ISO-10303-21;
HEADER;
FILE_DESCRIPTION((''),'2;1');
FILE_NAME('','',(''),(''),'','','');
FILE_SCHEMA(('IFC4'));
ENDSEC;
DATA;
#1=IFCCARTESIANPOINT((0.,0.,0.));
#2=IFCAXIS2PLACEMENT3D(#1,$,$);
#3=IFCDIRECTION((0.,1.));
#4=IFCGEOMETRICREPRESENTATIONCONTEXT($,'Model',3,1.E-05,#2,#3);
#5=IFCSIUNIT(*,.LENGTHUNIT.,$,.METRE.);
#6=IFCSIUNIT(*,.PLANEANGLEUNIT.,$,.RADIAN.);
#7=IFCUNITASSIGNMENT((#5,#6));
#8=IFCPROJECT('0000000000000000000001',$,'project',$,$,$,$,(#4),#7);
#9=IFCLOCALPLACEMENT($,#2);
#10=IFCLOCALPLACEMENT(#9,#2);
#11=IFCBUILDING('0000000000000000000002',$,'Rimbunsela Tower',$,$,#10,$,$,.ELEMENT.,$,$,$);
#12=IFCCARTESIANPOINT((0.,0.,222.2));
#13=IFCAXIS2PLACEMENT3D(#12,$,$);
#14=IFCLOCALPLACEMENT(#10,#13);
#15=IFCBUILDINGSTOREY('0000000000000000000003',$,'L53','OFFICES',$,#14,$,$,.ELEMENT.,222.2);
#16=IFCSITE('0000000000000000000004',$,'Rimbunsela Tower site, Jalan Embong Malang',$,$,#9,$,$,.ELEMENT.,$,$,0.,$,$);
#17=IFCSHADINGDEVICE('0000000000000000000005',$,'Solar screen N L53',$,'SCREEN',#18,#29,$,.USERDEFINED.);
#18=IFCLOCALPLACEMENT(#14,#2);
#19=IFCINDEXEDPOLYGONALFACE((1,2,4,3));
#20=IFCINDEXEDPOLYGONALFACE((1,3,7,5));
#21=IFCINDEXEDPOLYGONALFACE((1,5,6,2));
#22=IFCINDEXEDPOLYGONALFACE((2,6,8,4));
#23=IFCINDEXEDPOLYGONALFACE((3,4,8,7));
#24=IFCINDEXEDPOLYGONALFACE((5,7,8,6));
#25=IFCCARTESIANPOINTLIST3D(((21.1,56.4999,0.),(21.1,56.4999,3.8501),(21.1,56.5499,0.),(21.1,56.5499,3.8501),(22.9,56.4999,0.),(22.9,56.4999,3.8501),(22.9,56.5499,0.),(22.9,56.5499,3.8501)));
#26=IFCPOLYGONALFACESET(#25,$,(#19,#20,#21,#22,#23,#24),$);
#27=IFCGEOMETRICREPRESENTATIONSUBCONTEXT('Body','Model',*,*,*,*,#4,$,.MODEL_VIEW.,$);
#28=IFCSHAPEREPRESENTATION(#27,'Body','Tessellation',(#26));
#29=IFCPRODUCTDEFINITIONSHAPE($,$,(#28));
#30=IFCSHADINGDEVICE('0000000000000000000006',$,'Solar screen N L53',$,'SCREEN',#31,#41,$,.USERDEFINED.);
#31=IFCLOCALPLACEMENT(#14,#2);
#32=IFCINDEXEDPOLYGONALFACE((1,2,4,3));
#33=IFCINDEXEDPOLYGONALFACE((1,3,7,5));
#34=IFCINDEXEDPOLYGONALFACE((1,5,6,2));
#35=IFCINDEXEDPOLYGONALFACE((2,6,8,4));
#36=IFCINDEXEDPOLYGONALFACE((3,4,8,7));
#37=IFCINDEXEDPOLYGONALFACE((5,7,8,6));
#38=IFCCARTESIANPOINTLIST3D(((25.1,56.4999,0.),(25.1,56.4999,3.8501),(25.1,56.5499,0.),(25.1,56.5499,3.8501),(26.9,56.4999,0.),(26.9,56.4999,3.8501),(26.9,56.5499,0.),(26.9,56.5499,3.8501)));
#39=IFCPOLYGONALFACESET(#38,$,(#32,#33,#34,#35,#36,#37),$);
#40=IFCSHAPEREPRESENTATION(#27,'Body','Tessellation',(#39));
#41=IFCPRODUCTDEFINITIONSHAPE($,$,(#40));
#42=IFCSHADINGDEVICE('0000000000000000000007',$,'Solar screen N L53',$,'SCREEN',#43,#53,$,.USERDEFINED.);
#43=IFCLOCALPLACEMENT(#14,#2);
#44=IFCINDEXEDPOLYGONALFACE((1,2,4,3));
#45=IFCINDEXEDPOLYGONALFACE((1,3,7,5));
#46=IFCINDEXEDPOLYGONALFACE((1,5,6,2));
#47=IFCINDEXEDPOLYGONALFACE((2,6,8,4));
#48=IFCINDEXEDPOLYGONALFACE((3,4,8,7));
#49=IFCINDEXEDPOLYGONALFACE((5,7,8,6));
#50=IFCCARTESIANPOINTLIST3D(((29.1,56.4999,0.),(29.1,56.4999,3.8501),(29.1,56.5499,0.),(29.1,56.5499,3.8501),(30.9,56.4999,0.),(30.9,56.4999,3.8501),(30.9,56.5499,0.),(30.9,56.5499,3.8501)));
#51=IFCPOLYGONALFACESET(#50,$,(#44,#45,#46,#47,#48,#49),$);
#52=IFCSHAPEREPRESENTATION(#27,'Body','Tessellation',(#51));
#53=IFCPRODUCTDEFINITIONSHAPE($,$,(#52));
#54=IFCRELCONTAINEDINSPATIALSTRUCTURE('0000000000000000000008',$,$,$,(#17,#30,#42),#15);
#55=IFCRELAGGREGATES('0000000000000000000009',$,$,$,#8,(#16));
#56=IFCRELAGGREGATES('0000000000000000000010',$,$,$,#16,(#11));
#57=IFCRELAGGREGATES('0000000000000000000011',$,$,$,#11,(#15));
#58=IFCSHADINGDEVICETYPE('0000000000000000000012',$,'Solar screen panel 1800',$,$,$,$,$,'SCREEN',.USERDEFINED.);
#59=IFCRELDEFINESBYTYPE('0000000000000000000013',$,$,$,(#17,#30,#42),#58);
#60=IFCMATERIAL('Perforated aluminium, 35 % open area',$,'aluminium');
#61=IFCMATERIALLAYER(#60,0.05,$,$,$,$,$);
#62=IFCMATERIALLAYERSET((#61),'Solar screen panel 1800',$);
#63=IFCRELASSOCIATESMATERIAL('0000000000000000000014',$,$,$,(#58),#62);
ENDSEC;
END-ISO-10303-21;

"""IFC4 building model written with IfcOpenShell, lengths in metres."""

from ifc_helpers import new_model, si_unit, direction, frame, origin, origin_2d, place, context, subcontext, project, spatial, rectangle, extrude, material, layer, layer_set, type_object, element, save


model = new_model("IFC4")

# Units and contexts
model_context = context("Model", 3, precision=1e-05, world=origin(), true_north=direction((0.0, 1.0)))
body_context = subcontext(model_context, "Body", "Model", "MODEL_VIEW")
ifc_project = project(units=[si_unit("LENGTHUNIT", "METRE"), si_unit("PLANEANGLEUNIT", "RADIAN")], contexts=[model_context])

# Site, building, storey
site_placement = place(None, origin())
site = spatial("IfcSite", under=ifc_project, at=site_placement, Name="Rimbunsela Tower site, Jalan Embong Malang", CompositionType="ELEMENT", RefElevation=0.0)
building_placement = place(site_placement, origin())
building = spatial("IfcBuilding", under=site, at=building_placement, Name="Rimbunsela Tower", CompositionType="ELEMENT")
storey_placement = place(building_placement, frame((0.0, 0.0, 222.2)))
storey = spatial("IfcBuildingStorey", under=building, at=storey_placement, Name="L53", Description="OFFICES", CompositionType="ELEMENT", Elevation=222.2)

# Shading devices
ifc_material_1 = material(Name="Perforated aluminium, 35 % open area", Category="aluminium")
ifc_layer_1 = layer(ifc_material_1, 0.05)
ifc_layer_set_1 = layer_set([ifc_layer_1], Name="Solar screen panel 1800")
shading_device_type = type_object("IfcShadingDeviceType", Name="Solar screen panel 1800", ElementType="SCREEN", PredefinedType="USERDEFINED", material=ifc_layer_set_1)
for number, where, z_axis, x_axis, name in (
    (1, (22.0, 56.5249, 0.0), (0.0, 0.0, 1.0), (1.0, 0.0, 0.0), "Solar screen N L53"),
    (2, (26.0, 56.5249, 0.0), (0.0, 0.0, 1.0), (1.0, 0.0, 0.0), "Solar screen N L53"),
    (3, (30.0, 56.5249, 0.0), (0.0, 0.0, 1.0), (1.0, 0.0, 0.0), "Solar screen N L53"),
):
    element("IfcShadingDevice", number, at=place(storey_placement, frame(where, z_axis=z_axis, x_axis=x_axis)), inside=storey, type_object=shading_device_type, Name=name, ObjectType="SCREEN", PredefinedType="USERDEFINED", context=body_context, shape_type="SweptSolid", body=[
        extrude(rectangle(XDim=1.8, YDim=0.05, at=origin_2d()), origin(), (0.0, 0.0, 1.0), 3.8501),
    ])

save(model, "model.ifc")
